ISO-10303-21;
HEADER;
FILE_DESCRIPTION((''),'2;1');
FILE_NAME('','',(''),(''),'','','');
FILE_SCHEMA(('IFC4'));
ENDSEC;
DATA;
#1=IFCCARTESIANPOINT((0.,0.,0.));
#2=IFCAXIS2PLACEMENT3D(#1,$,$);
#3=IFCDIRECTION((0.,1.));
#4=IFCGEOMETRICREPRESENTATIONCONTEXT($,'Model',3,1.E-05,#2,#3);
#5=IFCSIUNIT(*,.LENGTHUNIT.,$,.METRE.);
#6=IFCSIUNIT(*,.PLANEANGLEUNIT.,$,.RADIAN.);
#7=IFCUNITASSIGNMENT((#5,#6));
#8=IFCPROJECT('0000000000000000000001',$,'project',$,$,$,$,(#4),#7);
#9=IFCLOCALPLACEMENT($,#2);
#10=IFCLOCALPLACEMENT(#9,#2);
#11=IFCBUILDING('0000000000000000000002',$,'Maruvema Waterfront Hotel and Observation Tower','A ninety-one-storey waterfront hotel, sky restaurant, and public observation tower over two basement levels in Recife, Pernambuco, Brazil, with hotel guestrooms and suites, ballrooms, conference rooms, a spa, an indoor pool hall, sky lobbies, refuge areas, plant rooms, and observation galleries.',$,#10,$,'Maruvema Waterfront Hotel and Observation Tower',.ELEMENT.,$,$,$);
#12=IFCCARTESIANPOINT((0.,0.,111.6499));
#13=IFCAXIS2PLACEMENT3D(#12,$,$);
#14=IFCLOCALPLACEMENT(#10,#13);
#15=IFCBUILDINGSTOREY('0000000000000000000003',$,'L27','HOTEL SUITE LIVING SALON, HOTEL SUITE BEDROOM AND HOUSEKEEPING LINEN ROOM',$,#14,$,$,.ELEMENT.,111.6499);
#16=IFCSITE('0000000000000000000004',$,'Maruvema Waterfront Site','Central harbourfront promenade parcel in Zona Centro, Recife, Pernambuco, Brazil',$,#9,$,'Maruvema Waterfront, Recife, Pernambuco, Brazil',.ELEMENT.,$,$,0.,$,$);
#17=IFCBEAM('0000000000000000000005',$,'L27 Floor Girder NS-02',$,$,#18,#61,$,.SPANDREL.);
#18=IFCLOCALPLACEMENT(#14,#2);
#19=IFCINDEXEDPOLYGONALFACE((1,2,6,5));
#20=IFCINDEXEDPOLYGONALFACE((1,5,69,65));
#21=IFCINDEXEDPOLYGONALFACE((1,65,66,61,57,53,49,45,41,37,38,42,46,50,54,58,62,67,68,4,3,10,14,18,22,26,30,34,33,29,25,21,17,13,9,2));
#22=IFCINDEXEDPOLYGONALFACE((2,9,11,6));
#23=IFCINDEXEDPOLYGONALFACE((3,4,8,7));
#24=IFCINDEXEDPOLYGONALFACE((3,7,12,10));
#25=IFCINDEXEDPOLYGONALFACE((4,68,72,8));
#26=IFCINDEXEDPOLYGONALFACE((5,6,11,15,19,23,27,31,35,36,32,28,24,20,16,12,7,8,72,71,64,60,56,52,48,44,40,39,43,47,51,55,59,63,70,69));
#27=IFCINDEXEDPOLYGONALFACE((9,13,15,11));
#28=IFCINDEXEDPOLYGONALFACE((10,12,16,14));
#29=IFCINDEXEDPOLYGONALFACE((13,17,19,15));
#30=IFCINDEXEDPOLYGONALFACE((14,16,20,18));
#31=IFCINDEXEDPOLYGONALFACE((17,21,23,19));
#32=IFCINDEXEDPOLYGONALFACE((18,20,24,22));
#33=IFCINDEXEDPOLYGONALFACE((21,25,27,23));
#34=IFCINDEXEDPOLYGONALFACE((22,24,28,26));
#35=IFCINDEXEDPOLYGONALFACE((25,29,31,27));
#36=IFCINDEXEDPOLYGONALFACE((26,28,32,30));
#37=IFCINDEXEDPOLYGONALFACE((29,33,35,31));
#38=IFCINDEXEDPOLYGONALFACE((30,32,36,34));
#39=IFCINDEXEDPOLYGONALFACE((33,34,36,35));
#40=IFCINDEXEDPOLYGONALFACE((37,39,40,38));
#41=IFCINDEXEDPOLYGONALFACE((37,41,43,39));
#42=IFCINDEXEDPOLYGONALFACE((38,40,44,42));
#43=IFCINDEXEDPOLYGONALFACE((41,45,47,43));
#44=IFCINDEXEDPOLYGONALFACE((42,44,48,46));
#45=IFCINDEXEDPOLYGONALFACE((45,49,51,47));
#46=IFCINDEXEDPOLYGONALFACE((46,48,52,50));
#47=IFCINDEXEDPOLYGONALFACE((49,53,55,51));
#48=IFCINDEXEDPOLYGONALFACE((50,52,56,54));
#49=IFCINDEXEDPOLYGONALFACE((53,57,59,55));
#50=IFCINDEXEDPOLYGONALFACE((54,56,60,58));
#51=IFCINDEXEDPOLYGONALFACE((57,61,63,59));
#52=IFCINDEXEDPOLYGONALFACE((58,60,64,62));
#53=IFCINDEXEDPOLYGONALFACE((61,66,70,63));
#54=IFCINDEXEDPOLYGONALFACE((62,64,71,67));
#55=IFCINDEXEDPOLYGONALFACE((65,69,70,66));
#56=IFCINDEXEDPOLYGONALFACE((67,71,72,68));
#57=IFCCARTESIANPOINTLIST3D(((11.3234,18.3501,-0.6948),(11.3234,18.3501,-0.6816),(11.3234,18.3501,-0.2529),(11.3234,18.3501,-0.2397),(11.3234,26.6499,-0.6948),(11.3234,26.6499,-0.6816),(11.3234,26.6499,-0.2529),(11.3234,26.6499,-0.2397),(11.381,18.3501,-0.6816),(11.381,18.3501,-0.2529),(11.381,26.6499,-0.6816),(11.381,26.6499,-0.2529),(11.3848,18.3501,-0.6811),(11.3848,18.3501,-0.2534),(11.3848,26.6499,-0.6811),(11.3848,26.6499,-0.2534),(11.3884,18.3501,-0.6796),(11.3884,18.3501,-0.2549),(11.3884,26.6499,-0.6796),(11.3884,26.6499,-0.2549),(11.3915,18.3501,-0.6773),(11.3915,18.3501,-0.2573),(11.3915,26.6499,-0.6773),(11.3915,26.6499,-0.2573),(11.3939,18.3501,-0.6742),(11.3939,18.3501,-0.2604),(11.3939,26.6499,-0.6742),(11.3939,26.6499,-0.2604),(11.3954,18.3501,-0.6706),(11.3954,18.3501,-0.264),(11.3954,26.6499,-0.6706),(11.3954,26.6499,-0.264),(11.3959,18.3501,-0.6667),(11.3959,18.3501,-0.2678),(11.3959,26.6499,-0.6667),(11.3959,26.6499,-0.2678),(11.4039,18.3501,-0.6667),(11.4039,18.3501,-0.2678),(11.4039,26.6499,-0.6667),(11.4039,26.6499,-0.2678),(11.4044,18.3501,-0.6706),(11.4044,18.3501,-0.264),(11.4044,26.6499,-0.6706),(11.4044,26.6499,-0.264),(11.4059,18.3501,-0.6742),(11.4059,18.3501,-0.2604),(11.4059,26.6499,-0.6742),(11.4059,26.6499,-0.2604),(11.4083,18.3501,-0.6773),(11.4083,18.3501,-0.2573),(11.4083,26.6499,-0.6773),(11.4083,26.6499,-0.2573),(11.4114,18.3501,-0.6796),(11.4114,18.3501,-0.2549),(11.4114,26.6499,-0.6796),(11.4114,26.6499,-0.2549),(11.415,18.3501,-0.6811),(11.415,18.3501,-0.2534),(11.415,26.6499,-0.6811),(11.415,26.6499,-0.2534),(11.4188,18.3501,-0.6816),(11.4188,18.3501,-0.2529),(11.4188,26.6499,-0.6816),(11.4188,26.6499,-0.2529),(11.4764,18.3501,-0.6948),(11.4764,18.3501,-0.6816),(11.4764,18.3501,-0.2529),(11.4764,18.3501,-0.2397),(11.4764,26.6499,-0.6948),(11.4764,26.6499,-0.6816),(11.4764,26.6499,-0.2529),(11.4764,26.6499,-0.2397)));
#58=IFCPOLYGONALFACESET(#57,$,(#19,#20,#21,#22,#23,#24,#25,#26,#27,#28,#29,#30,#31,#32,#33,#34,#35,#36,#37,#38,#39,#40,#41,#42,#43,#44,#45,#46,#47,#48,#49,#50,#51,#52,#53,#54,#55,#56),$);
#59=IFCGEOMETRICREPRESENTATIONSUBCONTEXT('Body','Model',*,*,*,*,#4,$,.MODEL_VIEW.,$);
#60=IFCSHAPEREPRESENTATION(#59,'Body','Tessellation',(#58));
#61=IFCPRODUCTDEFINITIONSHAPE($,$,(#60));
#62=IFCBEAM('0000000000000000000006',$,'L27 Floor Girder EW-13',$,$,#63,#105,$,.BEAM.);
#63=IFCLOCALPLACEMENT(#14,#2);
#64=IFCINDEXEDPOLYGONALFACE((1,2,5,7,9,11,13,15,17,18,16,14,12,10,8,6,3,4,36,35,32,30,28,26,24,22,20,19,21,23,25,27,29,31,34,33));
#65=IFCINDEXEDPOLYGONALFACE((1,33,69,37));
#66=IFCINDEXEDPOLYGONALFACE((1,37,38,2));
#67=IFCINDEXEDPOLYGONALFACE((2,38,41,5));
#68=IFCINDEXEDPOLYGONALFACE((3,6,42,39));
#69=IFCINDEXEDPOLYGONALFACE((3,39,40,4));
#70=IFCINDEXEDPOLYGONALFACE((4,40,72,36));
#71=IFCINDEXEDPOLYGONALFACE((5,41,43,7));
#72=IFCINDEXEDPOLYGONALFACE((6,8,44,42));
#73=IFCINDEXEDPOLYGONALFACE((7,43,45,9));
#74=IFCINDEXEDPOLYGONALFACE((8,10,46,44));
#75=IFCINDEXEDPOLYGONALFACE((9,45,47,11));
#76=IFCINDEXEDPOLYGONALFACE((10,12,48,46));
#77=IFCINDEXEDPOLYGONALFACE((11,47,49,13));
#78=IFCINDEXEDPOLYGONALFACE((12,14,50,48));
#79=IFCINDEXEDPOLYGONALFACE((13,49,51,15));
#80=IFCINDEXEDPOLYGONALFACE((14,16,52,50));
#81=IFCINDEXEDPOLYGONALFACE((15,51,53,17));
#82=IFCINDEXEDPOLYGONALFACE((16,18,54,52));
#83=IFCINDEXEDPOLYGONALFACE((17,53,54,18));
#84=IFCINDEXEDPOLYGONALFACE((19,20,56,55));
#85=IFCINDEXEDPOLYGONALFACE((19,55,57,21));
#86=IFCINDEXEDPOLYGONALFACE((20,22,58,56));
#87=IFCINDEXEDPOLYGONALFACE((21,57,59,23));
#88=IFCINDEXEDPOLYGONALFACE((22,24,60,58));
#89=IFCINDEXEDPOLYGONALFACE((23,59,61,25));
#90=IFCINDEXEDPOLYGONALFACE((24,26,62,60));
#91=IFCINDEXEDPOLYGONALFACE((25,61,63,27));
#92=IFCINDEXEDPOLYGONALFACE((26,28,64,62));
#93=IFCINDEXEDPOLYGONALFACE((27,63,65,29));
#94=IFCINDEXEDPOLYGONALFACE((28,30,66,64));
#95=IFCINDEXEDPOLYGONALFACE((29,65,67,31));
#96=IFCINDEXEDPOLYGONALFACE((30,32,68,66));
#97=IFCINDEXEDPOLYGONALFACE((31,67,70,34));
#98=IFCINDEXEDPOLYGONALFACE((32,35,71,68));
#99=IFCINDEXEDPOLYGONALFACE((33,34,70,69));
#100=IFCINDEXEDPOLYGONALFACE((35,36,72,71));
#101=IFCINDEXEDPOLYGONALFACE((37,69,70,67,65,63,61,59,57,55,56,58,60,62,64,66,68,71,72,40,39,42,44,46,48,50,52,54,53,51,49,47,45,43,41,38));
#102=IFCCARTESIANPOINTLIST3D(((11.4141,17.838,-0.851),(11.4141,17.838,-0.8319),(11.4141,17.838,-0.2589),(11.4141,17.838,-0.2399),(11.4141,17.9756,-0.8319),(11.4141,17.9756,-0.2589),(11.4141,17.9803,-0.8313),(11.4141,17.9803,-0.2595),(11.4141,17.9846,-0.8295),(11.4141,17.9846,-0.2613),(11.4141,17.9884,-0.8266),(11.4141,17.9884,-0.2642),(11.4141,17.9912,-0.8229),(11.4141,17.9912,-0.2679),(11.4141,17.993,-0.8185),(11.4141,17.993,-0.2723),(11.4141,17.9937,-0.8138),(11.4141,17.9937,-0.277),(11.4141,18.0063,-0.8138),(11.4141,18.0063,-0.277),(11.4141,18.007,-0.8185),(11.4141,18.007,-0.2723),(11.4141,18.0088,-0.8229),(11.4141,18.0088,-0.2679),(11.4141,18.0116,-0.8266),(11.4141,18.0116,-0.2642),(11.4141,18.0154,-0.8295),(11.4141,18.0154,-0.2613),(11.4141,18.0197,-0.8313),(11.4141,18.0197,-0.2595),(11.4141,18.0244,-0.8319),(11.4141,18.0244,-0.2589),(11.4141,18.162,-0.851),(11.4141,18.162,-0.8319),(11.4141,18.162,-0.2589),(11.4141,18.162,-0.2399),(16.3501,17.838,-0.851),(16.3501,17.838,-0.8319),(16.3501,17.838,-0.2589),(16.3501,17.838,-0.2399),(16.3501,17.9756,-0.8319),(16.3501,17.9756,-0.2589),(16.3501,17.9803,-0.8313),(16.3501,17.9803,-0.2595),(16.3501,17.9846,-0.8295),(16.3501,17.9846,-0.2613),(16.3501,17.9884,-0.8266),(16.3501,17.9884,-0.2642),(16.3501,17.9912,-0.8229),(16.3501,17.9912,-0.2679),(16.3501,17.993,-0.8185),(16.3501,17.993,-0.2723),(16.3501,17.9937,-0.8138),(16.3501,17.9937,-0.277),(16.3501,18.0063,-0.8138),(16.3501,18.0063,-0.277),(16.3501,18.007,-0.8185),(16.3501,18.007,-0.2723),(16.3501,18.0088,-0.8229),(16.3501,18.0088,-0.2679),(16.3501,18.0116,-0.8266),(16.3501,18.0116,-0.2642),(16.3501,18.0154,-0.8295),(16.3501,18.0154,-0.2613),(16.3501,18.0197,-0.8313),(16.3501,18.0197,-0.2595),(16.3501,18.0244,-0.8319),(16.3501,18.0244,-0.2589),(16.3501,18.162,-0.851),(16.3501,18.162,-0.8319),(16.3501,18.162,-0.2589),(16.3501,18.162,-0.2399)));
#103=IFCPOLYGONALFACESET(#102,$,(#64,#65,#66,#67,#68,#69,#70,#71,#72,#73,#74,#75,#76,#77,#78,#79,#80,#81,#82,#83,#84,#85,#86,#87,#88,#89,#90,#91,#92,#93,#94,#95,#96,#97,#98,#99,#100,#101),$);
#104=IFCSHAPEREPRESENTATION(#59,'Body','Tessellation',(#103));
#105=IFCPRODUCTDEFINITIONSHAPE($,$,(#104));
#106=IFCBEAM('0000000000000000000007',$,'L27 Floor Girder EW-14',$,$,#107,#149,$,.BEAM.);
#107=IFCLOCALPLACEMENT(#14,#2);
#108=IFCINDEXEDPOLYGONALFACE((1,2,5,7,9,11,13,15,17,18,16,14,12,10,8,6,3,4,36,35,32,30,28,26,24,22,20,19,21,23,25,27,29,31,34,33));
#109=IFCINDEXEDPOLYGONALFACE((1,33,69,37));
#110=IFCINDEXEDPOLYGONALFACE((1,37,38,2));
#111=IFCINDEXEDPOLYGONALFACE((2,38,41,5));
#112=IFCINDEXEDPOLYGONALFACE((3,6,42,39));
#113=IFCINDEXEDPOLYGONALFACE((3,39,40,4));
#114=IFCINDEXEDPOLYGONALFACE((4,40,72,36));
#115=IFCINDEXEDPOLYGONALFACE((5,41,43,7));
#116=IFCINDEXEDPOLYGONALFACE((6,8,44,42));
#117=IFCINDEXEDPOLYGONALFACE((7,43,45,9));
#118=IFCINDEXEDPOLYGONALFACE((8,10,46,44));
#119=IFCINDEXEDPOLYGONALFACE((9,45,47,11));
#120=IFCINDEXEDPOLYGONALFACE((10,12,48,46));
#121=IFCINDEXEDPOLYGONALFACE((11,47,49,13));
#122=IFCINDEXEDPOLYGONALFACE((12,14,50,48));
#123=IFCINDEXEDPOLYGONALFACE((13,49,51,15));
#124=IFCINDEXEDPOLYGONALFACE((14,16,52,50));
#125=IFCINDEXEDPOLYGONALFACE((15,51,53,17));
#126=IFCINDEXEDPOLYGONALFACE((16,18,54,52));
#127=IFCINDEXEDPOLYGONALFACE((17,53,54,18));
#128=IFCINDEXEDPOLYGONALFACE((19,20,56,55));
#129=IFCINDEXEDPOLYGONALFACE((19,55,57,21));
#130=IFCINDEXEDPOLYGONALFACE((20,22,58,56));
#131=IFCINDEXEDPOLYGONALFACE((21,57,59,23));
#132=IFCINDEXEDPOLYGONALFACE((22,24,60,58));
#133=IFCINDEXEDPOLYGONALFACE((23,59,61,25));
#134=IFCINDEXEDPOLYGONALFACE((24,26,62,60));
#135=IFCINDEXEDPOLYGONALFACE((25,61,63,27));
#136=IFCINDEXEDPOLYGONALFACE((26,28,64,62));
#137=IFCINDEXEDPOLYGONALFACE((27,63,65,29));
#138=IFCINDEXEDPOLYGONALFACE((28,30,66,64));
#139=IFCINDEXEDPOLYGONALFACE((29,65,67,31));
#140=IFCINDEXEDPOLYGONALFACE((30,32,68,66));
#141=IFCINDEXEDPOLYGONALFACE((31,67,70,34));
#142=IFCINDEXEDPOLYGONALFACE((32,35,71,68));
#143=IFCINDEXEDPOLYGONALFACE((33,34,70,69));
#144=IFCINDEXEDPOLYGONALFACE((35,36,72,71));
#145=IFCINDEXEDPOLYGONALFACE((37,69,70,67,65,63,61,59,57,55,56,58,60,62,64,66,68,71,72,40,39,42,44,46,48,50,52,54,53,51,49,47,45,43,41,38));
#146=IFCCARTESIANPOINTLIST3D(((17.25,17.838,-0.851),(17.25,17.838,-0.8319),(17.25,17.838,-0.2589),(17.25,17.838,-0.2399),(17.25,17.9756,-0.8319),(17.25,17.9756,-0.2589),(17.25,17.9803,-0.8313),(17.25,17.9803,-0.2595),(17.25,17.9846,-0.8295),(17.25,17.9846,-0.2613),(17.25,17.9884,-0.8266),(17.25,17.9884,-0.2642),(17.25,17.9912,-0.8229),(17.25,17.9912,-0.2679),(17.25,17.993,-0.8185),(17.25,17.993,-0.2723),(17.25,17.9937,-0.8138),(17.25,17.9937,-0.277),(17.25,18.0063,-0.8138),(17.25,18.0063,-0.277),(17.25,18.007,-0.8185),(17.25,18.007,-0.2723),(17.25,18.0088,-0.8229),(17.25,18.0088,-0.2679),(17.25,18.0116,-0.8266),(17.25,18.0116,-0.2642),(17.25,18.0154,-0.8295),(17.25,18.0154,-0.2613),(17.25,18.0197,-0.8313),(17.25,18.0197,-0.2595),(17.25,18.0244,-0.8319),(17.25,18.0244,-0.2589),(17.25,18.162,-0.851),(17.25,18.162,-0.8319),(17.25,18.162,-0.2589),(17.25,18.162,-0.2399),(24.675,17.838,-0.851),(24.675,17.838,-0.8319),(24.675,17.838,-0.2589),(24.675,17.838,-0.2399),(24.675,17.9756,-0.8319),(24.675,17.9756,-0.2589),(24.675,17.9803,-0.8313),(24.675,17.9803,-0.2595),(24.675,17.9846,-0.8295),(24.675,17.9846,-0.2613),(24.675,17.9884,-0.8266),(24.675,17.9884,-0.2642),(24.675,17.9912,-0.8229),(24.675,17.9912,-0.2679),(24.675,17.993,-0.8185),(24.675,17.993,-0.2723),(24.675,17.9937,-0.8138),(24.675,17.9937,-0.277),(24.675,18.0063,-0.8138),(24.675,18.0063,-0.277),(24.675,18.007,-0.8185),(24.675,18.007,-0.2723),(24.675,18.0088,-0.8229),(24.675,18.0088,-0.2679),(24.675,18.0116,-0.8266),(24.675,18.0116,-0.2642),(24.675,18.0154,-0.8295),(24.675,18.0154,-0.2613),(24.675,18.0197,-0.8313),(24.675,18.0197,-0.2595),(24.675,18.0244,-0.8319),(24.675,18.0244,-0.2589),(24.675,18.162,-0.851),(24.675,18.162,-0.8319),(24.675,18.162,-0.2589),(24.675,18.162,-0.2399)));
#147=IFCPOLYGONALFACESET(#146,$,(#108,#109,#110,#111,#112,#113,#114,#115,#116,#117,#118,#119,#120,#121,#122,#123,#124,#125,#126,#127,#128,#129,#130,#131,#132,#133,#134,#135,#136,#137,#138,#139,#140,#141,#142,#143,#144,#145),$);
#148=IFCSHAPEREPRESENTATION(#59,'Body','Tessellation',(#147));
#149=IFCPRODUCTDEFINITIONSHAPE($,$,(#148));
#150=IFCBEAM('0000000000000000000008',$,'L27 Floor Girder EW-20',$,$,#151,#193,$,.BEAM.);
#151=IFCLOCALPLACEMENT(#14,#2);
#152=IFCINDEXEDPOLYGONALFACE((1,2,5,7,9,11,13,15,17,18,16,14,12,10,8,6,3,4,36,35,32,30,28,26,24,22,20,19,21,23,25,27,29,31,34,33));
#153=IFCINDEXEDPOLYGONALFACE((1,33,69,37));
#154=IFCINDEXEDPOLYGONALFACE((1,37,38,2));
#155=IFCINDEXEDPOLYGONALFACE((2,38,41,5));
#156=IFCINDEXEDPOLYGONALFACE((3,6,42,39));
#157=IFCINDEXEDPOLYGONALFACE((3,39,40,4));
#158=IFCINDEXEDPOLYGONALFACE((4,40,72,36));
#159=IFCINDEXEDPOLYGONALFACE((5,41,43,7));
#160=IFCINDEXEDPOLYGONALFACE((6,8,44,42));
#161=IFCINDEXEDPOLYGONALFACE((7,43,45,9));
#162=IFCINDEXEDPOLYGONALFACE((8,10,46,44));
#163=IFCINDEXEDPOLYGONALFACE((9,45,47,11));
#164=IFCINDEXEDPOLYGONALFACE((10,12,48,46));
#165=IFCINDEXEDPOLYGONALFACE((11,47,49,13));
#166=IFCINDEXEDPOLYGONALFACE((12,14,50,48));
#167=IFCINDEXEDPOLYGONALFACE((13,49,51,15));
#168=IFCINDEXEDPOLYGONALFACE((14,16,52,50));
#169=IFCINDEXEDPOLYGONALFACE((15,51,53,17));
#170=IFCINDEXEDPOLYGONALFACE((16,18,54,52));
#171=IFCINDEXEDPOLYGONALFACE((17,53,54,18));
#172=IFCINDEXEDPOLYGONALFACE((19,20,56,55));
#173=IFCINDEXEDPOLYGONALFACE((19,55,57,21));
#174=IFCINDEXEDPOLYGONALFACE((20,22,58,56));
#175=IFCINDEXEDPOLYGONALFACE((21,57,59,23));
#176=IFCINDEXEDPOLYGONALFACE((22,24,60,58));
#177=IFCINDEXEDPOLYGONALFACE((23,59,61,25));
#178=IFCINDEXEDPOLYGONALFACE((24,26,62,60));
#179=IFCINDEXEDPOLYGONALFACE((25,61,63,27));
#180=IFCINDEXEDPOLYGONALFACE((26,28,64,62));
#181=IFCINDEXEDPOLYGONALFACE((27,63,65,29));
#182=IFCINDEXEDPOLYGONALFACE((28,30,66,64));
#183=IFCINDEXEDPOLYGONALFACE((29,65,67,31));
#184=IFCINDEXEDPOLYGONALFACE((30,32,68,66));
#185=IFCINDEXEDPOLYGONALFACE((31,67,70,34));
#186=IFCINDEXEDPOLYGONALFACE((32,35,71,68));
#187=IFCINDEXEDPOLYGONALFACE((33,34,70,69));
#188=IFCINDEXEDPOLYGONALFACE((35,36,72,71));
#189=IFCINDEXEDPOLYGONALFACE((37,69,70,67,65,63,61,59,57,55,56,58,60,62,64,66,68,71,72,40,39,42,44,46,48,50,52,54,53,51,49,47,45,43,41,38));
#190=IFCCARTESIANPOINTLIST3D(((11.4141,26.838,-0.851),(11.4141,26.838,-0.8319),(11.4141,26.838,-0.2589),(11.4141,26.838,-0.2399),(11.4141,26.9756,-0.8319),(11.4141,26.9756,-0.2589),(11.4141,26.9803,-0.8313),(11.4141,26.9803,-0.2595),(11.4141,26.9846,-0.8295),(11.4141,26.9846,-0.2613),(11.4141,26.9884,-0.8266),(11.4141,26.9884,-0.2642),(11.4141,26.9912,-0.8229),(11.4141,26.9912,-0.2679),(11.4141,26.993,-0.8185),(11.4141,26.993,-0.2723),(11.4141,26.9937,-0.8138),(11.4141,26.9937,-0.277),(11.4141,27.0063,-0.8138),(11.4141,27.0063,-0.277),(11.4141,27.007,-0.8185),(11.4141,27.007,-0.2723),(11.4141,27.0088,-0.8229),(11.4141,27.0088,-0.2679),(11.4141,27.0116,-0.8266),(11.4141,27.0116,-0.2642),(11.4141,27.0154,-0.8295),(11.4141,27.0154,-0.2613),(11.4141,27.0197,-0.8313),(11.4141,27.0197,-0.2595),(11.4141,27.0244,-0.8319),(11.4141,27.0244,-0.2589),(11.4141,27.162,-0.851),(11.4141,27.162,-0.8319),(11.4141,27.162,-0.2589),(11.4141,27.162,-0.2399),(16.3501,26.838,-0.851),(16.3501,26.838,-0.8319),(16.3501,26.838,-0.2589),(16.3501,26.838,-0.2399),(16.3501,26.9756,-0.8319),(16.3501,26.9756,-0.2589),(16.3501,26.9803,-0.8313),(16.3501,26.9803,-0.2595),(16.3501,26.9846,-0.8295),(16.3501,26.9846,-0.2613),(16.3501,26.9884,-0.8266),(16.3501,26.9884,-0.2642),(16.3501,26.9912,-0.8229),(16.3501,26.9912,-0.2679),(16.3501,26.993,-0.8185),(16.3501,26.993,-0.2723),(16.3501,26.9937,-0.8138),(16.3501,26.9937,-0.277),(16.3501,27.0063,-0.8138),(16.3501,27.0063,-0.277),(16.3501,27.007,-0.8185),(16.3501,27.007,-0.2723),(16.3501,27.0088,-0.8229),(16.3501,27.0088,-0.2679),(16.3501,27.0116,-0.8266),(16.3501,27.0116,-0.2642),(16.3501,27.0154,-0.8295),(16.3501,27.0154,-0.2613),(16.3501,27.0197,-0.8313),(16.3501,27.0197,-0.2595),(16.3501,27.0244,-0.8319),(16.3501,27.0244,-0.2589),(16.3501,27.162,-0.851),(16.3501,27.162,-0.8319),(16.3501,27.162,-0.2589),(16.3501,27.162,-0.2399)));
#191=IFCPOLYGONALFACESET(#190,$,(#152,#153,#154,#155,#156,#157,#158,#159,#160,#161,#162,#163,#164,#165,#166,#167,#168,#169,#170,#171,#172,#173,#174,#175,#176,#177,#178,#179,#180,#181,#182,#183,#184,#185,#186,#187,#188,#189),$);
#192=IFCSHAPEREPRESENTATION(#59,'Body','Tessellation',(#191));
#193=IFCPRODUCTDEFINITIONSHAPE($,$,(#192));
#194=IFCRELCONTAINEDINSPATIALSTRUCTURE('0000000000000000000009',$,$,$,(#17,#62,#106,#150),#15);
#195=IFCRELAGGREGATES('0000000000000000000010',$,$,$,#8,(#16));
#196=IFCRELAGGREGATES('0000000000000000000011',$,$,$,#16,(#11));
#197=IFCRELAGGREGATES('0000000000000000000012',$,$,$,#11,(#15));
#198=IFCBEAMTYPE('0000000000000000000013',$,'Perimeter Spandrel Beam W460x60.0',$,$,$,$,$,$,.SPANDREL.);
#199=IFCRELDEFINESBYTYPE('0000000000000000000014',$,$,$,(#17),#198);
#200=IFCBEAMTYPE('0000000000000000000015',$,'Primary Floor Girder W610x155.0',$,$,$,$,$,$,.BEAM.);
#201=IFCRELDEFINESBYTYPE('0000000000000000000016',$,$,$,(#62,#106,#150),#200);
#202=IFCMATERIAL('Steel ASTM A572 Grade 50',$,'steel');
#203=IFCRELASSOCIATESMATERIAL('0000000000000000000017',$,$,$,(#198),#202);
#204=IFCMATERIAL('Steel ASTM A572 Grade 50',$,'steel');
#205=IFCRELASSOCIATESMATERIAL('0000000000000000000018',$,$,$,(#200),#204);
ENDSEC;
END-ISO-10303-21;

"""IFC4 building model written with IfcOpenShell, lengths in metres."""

from ifc_helpers import new_model, si_unit, direction, frame, origin, origin_2d, place, context, subcontext, project, spatial, i_section, extrude, material, material_profile, profile_set, type_object, element, save


model = new_model("IFC4")

# Units and contexts
model_context = context("Model", 3, precision=1e-05, world=origin(), true_north=direction((0.0, 1.0)))
body_context = subcontext(model_context, "Body", "Model", "MODEL_VIEW")
ifc_project = project(units=[si_unit("LENGTHUNIT", "METRE"), si_unit("PLANEANGLEUNIT", "RADIAN")], contexts=[model_context])

# Site, building, storey
site_placement = place(None, origin())
site = spatial("IfcSite", under=ifc_project, at=site_placement, Name="Maruvema Waterfront Site", Description="Central harbourfront promenade parcel in Zona Centro, Recife, Pernambuco, Brazil", LongName="Maruvema Waterfront, Recife, Pernambuco, Brazil", CompositionType="ELEMENT", RefElevation=0.0)
building_placement = place(site_placement, origin())
building = spatial("IfcBuilding", under=site, at=building_placement, Name="Maruvema Waterfront Hotel and Observation Tower", Description="A ninety-one-storey waterfront hotel, sky restaurant, and public observation tower over two basement levels in Recife, Pernambuco, Brazil, with hotel guestrooms and suites, ballrooms, conference rooms, a spa, an indoor pool hall, sky lobbies, refuge areas, plant rooms, and observation galleries.", LongName="Maruvema Waterfront Hotel and Observation Tower", CompositionType="ELEMENT")
storey_placement = place(building_placement, frame((0.0, 0.0, 111.6499)))
storey = spatial("IfcBuildingStorey", under=building, at=storey_placement, Name="L27", Description="HOTEL SUITE LIVING SALON, HOTEL SUITE BEDROOM AND HOUSEKEEPING LINEN ROOM", CompositionType="ELEMENT", Elevation=111.6499)

# Beams
ifc_material_1 = material(Name="Steel ASTM A572 Grade 50", Category="steel")
ifc_material_profile_1 = material_profile(ifc_material_1, i_section(OverallWidth=0.1531, OverallDepth=0.4551, WebThickness=0.0081, FlangeThickness=0.0132, FilletRadius=0.0149, at=origin_2d()), Name="W460x60.0")
ifc_profile_set_1 = profile_set([ifc_material_profile_1], Name="Steel ASTM A572 Grade 50")
beam_type_1 = type_object("IfcBeamType", Name="Perimeter Spandrel Beam W460x60.0", PredefinedType="SPANDREL", material=ifc_profile_set_1)
beam_1_placement = place(storey_placement, frame((11.3999, 18.3501, -0.4673), z_axis=(0.0, 1.0, 0.0), x_axis=(-1.0, 0.0, 0.0)))
element("IfcBeam", 1, at=beam_1_placement, inside=storey, type_object=beam_type_1, Name="L27 Floor Girder NS-02", PredefinedType="SPANDREL", context=body_context, shape_type="SweptSolid", body=[
    extrude(i_section(OverallWidth=0.1531, OverallDepth=0.4551, WebThickness=0.0081, FlangeThickness=0.0132, FilletRadius=0.0149, at=origin_2d()), origin(), (0.0, 0.0, 1.0), 8.2998),
])
ifc_material_2 = material(Name="Steel ASTM A572 Grade 50", Category="steel")
ifc_material_profile_2 = material_profile(ifc_material_2, i_section(OverallWidth=0.324, OverallDepth=0.6111, WebThickness=0.0127, FlangeThickness=0.019, FilletRadius=0.0181, at=origin_2d()), Name="W610x155.0")
ifc_profile_set_2 = profile_set([ifc_material_profile_2], Name="Steel ASTM A572 Grade 50")
beam_type_2 = type_object("IfcBeamType", Name="Primary Floor Girder W610x155.0", PredefinedType="BEAM", material=ifc_profile_set_2)
beam_2_placement = place(storey_placement, frame((11.4141, 18.0, -0.5454), z_axis=(1.0, 0.0, 0.0), x_axis=(0.0, 1.0, 0.0)))
element("IfcBeam", 2, at=beam_2_placement, inside=storey, type_object=beam_type_2, Name="L27 Floor Girder EW-13", PredefinedType="BEAM", context=body_context, shape_type="SweptSolid", body=[
    extrude(i_section(OverallWidth=0.324, OverallDepth=0.6111, WebThickness=0.0127, FlangeThickness=0.019, FilletRadius=0.0181, at=origin_2d()), origin(), (0.0, 0.0, 1.0), 4.936),
])
beam_3_placement = place(storey_placement, frame((17.25, 18.0, -0.5454), z_axis=(1.0, 0.0, 0.0), x_axis=(0.0, 1.0, 0.0)))
element("IfcBeam", 3, at=beam_3_placement, inside=storey, type_object=beam_type_2, Name="L27 Floor Girder EW-14", PredefinedType="BEAM", context=body_context, shape_type="SweptSolid", body=[
    extrude(i_section(OverallWidth=0.324, OverallDepth=0.6111, WebThickness=0.0127, FlangeThickness=0.019, FilletRadius=0.0181, at=origin_2d()), origin(), (0.0, 0.0, 1.0), 7.425),
])
beam_4_placement = place(storey_placement, frame((11.4141, 27.0, -0.5454), z_axis=(1.0, 0.0, 0.0), x_axis=(0.0, 1.0, 0.0)))
element("IfcBeam", 4, at=beam_4_placement, inside=storey, type_object=beam_type_2, Name="L27 Floor Girder EW-20", PredefinedType="BEAM", context=body_context, shape_type="SweptSolid", body=[
    extrude(i_section(OverallWidth=0.324, OverallDepth=0.6111, WebThickness=0.0127, FlangeThickness=0.019, FilletRadius=0.0181, at=origin_2d()), origin(), (0.0, 0.0, 1.0), 4.936),
])

save(model, "model.ifc")
